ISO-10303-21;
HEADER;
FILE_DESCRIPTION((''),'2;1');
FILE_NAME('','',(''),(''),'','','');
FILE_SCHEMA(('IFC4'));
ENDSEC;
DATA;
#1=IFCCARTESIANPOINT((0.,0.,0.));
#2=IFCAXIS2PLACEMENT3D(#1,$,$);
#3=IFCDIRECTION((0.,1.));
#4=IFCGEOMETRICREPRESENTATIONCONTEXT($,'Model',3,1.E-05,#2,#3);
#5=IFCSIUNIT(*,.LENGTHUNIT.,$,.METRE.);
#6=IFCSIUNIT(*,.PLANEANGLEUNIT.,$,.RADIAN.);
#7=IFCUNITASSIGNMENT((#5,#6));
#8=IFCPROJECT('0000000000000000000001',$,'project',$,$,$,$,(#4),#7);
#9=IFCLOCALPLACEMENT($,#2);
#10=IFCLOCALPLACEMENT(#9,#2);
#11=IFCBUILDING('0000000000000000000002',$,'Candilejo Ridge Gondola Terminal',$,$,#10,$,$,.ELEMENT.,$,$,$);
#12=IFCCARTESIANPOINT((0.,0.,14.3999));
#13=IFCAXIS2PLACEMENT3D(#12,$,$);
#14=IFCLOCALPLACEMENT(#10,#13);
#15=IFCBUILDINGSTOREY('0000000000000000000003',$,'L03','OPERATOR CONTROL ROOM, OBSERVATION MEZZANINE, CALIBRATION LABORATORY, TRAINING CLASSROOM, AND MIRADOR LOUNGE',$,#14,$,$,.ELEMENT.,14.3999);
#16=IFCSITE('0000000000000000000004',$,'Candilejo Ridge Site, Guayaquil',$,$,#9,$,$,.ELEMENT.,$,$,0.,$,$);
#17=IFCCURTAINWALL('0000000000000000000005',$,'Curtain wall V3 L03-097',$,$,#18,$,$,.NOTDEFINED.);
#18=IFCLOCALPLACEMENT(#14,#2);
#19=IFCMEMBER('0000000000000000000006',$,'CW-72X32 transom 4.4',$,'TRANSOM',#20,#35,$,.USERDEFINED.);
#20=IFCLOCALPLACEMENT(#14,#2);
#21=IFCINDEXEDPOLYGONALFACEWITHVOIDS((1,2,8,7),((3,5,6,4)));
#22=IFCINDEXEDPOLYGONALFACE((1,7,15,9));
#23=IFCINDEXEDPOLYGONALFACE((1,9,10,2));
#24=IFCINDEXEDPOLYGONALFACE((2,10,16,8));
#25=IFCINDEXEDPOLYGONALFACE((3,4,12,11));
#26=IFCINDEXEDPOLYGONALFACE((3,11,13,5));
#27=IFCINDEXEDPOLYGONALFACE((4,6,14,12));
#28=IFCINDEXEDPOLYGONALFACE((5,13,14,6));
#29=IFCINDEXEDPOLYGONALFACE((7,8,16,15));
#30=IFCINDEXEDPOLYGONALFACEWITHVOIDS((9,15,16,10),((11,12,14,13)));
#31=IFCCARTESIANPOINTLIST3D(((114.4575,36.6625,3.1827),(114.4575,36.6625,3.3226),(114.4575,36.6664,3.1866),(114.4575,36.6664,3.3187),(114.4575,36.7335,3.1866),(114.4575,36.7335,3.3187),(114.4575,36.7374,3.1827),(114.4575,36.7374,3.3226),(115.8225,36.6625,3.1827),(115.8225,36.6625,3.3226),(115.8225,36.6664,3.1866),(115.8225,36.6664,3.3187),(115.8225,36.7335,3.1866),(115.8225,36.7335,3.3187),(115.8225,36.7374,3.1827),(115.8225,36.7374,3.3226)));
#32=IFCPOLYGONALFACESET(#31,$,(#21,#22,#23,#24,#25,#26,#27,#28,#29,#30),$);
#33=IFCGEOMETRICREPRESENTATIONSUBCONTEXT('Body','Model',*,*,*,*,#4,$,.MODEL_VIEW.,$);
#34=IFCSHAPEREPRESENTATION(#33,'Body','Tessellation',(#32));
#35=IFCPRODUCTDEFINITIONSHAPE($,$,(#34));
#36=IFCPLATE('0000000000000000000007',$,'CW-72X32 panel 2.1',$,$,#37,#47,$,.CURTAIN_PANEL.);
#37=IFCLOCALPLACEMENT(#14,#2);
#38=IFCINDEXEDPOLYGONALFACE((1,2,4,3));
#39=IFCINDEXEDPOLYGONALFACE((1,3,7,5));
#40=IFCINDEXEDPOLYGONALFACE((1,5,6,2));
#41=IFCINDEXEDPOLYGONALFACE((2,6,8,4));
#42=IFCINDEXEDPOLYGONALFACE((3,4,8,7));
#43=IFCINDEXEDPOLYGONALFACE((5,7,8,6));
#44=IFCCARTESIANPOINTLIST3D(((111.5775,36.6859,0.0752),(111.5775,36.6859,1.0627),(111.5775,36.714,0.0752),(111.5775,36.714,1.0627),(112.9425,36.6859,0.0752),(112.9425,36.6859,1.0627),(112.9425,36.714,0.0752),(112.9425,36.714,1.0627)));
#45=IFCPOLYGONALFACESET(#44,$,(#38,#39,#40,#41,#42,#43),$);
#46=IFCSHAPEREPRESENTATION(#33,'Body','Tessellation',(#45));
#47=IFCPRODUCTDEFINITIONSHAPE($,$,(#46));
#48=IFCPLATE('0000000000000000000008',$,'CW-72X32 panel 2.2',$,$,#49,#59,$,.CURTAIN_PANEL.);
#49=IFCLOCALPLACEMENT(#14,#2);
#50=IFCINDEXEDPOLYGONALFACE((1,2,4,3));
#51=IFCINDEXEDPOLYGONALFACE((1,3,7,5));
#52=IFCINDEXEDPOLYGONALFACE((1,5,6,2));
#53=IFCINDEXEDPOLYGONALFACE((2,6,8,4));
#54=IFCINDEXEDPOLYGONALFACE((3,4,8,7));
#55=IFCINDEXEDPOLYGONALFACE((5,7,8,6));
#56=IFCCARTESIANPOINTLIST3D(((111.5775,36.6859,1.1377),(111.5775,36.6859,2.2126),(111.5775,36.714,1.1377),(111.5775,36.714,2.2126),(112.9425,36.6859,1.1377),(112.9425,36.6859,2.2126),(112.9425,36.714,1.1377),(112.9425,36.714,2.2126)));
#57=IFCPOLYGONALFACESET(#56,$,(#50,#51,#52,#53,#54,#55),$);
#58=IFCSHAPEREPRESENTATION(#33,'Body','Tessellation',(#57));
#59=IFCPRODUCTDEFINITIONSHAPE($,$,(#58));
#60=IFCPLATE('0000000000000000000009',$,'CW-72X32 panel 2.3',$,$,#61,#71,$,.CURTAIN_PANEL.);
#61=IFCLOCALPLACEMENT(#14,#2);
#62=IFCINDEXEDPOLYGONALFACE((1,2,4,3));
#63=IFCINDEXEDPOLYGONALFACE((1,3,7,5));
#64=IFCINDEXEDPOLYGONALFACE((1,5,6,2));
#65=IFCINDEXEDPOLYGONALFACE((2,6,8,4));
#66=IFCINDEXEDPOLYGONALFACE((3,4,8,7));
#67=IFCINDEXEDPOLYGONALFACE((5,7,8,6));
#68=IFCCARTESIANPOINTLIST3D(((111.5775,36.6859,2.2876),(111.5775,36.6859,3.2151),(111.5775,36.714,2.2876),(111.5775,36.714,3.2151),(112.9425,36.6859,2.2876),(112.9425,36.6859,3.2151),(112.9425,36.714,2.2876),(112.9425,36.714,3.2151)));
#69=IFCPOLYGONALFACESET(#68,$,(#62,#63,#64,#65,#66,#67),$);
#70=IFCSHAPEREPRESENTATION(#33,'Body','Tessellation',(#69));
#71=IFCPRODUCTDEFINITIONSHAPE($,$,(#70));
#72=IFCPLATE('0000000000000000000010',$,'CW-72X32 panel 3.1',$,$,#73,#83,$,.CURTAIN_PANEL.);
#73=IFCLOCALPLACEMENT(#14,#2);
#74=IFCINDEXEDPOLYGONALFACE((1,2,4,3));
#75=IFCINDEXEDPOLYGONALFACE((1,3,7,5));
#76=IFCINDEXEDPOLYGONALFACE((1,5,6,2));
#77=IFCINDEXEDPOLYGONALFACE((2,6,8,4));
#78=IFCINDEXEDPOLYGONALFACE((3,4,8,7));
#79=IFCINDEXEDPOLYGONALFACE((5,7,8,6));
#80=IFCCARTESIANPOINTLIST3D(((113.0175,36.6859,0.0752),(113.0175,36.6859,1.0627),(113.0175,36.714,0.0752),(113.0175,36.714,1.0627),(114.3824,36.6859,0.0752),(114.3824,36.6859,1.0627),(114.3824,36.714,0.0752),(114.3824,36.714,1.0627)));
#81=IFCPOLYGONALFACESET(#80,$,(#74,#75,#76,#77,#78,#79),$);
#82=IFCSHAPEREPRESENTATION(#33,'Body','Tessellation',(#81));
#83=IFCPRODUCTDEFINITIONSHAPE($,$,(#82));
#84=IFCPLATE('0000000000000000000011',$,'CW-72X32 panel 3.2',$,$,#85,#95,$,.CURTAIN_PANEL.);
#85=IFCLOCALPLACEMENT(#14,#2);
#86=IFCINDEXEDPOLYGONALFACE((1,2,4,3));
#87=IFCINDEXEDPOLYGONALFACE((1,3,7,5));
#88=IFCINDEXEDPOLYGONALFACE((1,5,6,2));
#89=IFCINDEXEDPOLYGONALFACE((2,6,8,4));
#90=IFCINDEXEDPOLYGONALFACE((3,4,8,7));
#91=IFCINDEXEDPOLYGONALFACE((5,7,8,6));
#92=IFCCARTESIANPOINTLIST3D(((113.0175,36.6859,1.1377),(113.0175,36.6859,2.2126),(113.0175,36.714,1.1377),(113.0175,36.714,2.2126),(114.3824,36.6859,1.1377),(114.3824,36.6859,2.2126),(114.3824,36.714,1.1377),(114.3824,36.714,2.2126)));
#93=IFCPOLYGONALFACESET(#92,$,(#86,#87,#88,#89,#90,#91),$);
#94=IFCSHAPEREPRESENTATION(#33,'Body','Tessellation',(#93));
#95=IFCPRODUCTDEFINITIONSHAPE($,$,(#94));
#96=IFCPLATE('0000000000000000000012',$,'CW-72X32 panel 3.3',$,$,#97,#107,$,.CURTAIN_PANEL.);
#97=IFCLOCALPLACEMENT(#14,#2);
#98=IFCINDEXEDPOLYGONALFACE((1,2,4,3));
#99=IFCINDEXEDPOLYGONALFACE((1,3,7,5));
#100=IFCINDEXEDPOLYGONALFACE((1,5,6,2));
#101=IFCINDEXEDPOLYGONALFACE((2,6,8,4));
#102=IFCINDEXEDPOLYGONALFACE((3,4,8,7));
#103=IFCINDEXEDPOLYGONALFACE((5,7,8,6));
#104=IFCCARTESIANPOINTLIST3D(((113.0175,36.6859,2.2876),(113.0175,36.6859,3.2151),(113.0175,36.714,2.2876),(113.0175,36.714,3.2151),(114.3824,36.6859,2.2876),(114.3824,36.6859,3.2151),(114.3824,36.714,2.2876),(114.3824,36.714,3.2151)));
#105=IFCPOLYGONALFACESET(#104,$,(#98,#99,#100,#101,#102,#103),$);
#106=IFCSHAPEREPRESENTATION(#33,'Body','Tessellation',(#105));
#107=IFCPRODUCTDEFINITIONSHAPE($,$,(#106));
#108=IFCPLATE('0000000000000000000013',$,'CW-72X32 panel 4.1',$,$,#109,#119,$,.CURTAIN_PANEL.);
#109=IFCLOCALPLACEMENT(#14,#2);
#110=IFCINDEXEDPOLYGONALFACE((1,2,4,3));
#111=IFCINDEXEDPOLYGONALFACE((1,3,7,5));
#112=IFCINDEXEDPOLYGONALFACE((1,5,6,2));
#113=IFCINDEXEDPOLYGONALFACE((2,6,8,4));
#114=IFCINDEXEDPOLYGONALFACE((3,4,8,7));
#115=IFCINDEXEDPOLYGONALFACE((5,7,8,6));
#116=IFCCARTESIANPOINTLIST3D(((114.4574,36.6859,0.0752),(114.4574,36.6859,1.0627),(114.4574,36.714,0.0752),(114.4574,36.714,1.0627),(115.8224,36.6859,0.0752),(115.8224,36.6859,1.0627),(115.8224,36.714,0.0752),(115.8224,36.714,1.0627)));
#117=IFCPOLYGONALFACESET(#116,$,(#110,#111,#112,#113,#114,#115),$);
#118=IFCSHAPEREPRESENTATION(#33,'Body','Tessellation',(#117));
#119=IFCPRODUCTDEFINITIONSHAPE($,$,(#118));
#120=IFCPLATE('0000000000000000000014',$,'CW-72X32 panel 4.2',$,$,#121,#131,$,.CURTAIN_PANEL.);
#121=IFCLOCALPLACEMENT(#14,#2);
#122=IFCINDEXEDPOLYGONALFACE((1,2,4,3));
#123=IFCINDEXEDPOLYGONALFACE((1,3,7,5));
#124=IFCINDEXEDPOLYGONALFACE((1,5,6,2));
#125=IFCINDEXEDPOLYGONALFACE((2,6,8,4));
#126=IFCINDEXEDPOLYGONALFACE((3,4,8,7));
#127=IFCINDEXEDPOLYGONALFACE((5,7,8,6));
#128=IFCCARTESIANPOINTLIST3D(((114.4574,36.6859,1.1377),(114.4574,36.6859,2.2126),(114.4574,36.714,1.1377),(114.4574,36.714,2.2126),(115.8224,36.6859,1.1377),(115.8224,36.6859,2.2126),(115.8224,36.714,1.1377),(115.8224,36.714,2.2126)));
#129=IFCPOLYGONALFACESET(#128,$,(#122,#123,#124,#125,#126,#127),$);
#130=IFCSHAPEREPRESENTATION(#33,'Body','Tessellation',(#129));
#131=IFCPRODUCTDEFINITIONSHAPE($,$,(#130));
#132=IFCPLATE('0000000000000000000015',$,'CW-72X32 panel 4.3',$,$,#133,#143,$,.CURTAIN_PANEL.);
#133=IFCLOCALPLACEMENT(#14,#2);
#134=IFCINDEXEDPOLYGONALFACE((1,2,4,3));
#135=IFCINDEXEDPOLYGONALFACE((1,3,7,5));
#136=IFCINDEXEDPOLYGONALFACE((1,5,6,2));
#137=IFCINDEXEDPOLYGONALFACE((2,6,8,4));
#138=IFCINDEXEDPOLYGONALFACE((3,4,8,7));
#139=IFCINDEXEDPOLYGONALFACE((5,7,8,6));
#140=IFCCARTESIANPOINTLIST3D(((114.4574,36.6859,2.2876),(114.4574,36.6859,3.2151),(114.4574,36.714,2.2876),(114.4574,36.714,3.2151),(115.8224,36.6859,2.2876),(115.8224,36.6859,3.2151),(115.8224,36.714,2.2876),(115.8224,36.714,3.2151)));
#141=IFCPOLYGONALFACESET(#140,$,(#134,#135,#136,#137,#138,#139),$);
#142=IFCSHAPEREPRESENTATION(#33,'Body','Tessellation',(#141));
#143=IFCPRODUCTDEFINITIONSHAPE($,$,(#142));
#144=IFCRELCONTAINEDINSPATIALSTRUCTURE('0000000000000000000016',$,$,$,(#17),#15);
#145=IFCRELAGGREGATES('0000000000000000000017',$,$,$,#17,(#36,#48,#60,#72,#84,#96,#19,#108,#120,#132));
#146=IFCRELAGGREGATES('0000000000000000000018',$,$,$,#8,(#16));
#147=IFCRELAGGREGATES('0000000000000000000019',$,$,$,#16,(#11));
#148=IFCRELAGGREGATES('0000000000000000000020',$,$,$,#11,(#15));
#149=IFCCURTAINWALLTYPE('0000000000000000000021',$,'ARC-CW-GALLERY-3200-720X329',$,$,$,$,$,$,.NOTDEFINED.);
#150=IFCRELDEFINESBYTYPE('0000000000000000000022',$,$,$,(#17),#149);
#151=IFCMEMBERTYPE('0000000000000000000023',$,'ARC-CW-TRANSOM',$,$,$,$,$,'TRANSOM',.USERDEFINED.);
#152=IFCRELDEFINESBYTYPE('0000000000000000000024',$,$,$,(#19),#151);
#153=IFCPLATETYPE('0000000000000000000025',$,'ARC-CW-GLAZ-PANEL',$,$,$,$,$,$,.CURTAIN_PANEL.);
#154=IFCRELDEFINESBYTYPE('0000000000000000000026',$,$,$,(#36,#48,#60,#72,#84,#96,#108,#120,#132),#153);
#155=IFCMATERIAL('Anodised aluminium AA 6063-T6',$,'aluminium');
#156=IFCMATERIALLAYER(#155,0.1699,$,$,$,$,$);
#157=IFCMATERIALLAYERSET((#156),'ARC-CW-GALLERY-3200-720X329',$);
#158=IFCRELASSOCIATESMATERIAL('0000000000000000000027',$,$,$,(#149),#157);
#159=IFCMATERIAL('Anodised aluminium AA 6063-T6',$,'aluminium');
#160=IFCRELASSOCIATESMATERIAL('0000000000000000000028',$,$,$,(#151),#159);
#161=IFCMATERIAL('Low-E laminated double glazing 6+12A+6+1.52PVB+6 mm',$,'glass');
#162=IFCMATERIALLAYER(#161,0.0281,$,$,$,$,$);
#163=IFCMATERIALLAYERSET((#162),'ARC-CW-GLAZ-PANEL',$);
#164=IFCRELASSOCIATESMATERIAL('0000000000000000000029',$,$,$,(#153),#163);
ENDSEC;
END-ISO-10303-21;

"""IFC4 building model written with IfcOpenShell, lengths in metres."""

from ifc_helpers import new_model, si_unit, direction, frame, origin, origin_2d, place, context, subcontext, project, spatial, rectangle, hollow_rectangle, extrude, material, layer, layer_set, material_profile, profile_set, type_object, element, aggregate, save


model = new_model("IFC4")

# Units and contexts
model_context = context("Model", 3, precision=1e-05, world=origin(), true_north=direction((0.0, 1.0)))
body_context = subcontext(model_context, "Body", "Model", "MODEL_VIEW")
ifc_project = project(units=[si_unit("LENGTHUNIT", "METRE"), si_unit("PLANEANGLEUNIT", "RADIAN")], contexts=[model_context])

# Site, building, storey
site_placement = place(None, origin())
site = spatial("IfcSite", under=ifc_project, at=site_placement, Name="Candilejo Ridge Site, Guayaquil", CompositionType="ELEMENT", RefElevation=0.0)
building_placement = place(site_placement, origin())
building = spatial("IfcBuilding", under=site, at=building_placement, Name="Candilejo Ridge Gondola Terminal", CompositionType="ELEMENT")
storey_placement = place(building_placement, frame((0.0, 0.0, 14.3999)))
storey = spatial("IfcBuildingStorey", under=building, at=storey_placement, Name="L03", Description="OPERATOR CONTROL ROOM, OBSERVATION MEZZANINE, CALIBRATION LABORATORY, TRAINING CLASSROOM, AND MIRADOR LOUNGE", CompositionType="ELEMENT", Elevation=14.3999)

# Curtain wall, member, plates
ifc_material_1 = material(Name="Anodised aluminium AA 6063-T6", Category="aluminium")
ifc_layer_1 = layer(ifc_material_1, 0.1699)
ifc_layer_set_1 = layer_set([ifc_layer_1], Name="ARC-CW-GALLERY-3200-720X329")
curtain_wall_type = type_object("IfcCurtainWallType", Name="ARC-CW-GALLERY-3200-720X329", PredefinedType="NOTDEFINED", material=ifc_layer_set_1)
curtain_wall_placement = place(storey_placement, origin())
curtain_wall = element("IfcCurtainWall", 1, at=curtain_wall_placement, inside=storey, type_object=curtain_wall_type, Name="Curtain wall V3 L03-097", PredefinedType="NOTDEFINED")
ifc_material_2 = material(Name="Anodised aluminium AA 6063-T6", Category="aluminium")
ifc_material_profile_1 = material_profile(ifc_material_2, hollow_rectangle(XDim=0.075, YDim=0.1399, WallThickness=0.0039, at=origin_2d()))
ifc_profile_set_1 = profile_set([ifc_material_profile_1], Name="Anodised aluminium AA 6063-T6")
member_type_1 = type_object("IfcMemberType", Name="ARC-CW-TRANSOM", ElementType="TRANSOM", PredefinedType="USERDEFINED", material=ifc_profile_set_1)
member_1_placement = place(storey_placement, frame((114.4575, 36.7, 3.2527), z_axis=(1.0, 0.0, 0.0), x_axis=(0.0, 1.0, 0.0)))
member_1 = element("IfcMember", 2, at=member_1_placement, type_object=member_type_1, Name="CW-72X32 transom 4.4", ObjectType="TRANSOM", PredefinedType="USERDEFINED", context=body_context, shape_type="SweptSolid", body=[
    extrude(hollow_rectangle(XDim=0.075, YDim=0.1399, WallThickness=0.0039, at=origin_2d()), origin(), (0.0, 0.0, 1.0), 1.365),
])
ifc_material_3 = material(Name="Low-E laminated double glazing 6+12A+6+1.52PVB+6 mm", Category="glass")
ifc_layer_2 = layer(ifc_material_3, 0.0281)
ifc_layer_set_2 = layer_set([ifc_layer_2], Name="ARC-CW-GLAZ-PANEL")
plate_type = type_object("IfcPlateType", Name="ARC-CW-GLAZ-PANEL", PredefinedType="CURTAIN_PANEL", material=ifc_layer_set_2)
plate_1_placement = place(storey_placement, frame((112.26, 36.7, 0.0752), z_axis=(0.0, 0.0, 1.0), x_axis=(1.0, 0.0, 0.0)))
plate_1 = element("IfcPlate", 3, at=plate_1_placement, type_object=plate_type, Name="CW-72X32 panel 2.1", PredefinedType="CURTAIN_PANEL", context=body_context, shape_type="SweptSolid", body=[
    extrude(rectangle(XDim=1.365, YDim=0.0281, at=origin_2d()), origin(), (0.0, 0.0, 1.0), 0.9875),
])
plate_2_placement = place(storey_placement, frame((112.26, 36.7, 1.1377), z_axis=(0.0, 0.0, 1.0), x_axis=(1.0, 0.0, 0.0)))
plate_2 = element("IfcPlate", 4, at=plate_2_placement, type_object=plate_type, Name="CW-72X32 panel 2.2", PredefinedType="CURTAIN_PANEL", context=body_context, shape_type="SweptSolid", body=[
    extrude(rectangle(XDim=1.365, YDim=0.0281, at=origin_2d()), origin(), (0.0, 0.0, 1.0), 1.075),
])
plate_3_placement = place(storey_placement, frame((112.26, 36.7, 2.2876), z_axis=(0.0, 0.0, 1.0), x_axis=(1.0, 0.0, 0.0)))
plate_3 = element("IfcPlate", 5, at=plate_3_placement, type_object=plate_type, Name="CW-72X32 panel 2.3", PredefinedType="CURTAIN_PANEL", context=body_context, shape_type="SweptSolid", body=[
    extrude(rectangle(XDim=1.365, YDim=0.0281, at=origin_2d()), origin(), (0.0, 0.0, 1.0), 0.9275),
])
plate_4_placement = place(storey_placement, frame((113.7, 36.7, 0.0752), z_axis=(0.0, 0.0, 1.0), x_axis=(1.0, 0.0, 0.0)))
plate_4 = element("IfcPlate", 6, at=plate_4_placement, type_object=plate_type, Name="CW-72X32 panel 3.1", PredefinedType="CURTAIN_PANEL", context=body_context, shape_type="SweptSolid", body=[
    extrude(rectangle(XDim=1.365, YDim=0.0281, at=origin_2d()), origin(), (0.0, 0.0, 1.0), 0.9875),
])
plate_5_placement = place(storey_placement, frame((113.7, 36.7, 1.1377), z_axis=(0.0, 0.0, 1.0), x_axis=(1.0, 0.0, 0.0)))
plate_5 = element("IfcPlate", 7, at=plate_5_placement, type_object=plate_type, Name="CW-72X32 panel 3.2", PredefinedType="CURTAIN_PANEL", context=body_context, shape_type="SweptSolid", body=[
    extrude(rectangle(XDim=1.365, YDim=0.0281, at=origin_2d()), origin(), (0.0, 0.0, 1.0), 1.075),
])
plate_6_placement = place(storey_placement, frame((113.7, 36.7, 2.2876), z_axis=(0.0, 0.0, 1.0), x_axis=(1.0, 0.0, 0.0)))
plate_6 = element("IfcPlate", 8, at=plate_6_placement, type_object=plate_type, Name="CW-72X32 panel 3.3", PredefinedType="CURTAIN_PANEL", context=body_context, shape_type="SweptSolid", body=[
    extrude(rectangle(XDim=1.365, YDim=0.0281, at=origin_2d()), origin(), (0.0, 0.0, 1.0), 0.9275),
])
plate_7_placement = place(storey_placement, frame((115.1399, 36.7, 0.0752), z_axis=(0.0, 0.0, 1.0), x_axis=(1.0, 0.0, 0.0)))
plate_7 = element("IfcPlate", 9, at=plate_7_placement, type_object=plate_type, Name="CW-72X32 panel 4.1", PredefinedType="CURTAIN_PANEL", context=body_context, shape_type="SweptSolid", body=[
    extrude(rectangle(XDim=1.365, YDim=0.0281, at=origin_2d()), origin(), (0.0, 0.0, 1.0), 0.9875),
])
plate_8_placement = place(storey_placement, frame((115.1399, 36.7, 1.1377), z_axis=(0.0, 0.0, 1.0), x_axis=(1.0, 0.0, 0.0)))
plate_8 = element("IfcPlate", 10, at=plate_8_placement, type_object=plate_type, Name="CW-72X32 panel 4.2", PredefinedType="CURTAIN_PANEL", context=body_context, shape_type="SweptSolid", body=[
    extrude(rectangle(XDim=1.365, YDim=0.0281, at=origin_2d()), origin(), (0.0, 0.0, 1.0), 1.075),
])
plate_9_placement = place(storey_placement, frame((115.1399, 36.7, 2.2876), z_axis=(0.0, 0.0, 1.0), x_axis=(1.0, 0.0, 0.0)))
plate_9 = element("IfcPlate", 11, at=plate_9_placement, type_object=plate_type, Name="CW-72X32 panel 4.3", PredefinedType="CURTAIN_PANEL", context=body_context, shape_type="SweptSolid", body=[
    extrude(rectangle(XDim=1.365, YDim=0.0281, at=origin_2d()), origin(), (0.0, 0.0, 1.0), 0.9275),
])
aggregate(curtain_wall, [plate_1, plate_2, plate_3, plate_4, plate_5, plate_6, member_1, plate_7, plate_8, plate_9])

save(model, "model.ifc")
